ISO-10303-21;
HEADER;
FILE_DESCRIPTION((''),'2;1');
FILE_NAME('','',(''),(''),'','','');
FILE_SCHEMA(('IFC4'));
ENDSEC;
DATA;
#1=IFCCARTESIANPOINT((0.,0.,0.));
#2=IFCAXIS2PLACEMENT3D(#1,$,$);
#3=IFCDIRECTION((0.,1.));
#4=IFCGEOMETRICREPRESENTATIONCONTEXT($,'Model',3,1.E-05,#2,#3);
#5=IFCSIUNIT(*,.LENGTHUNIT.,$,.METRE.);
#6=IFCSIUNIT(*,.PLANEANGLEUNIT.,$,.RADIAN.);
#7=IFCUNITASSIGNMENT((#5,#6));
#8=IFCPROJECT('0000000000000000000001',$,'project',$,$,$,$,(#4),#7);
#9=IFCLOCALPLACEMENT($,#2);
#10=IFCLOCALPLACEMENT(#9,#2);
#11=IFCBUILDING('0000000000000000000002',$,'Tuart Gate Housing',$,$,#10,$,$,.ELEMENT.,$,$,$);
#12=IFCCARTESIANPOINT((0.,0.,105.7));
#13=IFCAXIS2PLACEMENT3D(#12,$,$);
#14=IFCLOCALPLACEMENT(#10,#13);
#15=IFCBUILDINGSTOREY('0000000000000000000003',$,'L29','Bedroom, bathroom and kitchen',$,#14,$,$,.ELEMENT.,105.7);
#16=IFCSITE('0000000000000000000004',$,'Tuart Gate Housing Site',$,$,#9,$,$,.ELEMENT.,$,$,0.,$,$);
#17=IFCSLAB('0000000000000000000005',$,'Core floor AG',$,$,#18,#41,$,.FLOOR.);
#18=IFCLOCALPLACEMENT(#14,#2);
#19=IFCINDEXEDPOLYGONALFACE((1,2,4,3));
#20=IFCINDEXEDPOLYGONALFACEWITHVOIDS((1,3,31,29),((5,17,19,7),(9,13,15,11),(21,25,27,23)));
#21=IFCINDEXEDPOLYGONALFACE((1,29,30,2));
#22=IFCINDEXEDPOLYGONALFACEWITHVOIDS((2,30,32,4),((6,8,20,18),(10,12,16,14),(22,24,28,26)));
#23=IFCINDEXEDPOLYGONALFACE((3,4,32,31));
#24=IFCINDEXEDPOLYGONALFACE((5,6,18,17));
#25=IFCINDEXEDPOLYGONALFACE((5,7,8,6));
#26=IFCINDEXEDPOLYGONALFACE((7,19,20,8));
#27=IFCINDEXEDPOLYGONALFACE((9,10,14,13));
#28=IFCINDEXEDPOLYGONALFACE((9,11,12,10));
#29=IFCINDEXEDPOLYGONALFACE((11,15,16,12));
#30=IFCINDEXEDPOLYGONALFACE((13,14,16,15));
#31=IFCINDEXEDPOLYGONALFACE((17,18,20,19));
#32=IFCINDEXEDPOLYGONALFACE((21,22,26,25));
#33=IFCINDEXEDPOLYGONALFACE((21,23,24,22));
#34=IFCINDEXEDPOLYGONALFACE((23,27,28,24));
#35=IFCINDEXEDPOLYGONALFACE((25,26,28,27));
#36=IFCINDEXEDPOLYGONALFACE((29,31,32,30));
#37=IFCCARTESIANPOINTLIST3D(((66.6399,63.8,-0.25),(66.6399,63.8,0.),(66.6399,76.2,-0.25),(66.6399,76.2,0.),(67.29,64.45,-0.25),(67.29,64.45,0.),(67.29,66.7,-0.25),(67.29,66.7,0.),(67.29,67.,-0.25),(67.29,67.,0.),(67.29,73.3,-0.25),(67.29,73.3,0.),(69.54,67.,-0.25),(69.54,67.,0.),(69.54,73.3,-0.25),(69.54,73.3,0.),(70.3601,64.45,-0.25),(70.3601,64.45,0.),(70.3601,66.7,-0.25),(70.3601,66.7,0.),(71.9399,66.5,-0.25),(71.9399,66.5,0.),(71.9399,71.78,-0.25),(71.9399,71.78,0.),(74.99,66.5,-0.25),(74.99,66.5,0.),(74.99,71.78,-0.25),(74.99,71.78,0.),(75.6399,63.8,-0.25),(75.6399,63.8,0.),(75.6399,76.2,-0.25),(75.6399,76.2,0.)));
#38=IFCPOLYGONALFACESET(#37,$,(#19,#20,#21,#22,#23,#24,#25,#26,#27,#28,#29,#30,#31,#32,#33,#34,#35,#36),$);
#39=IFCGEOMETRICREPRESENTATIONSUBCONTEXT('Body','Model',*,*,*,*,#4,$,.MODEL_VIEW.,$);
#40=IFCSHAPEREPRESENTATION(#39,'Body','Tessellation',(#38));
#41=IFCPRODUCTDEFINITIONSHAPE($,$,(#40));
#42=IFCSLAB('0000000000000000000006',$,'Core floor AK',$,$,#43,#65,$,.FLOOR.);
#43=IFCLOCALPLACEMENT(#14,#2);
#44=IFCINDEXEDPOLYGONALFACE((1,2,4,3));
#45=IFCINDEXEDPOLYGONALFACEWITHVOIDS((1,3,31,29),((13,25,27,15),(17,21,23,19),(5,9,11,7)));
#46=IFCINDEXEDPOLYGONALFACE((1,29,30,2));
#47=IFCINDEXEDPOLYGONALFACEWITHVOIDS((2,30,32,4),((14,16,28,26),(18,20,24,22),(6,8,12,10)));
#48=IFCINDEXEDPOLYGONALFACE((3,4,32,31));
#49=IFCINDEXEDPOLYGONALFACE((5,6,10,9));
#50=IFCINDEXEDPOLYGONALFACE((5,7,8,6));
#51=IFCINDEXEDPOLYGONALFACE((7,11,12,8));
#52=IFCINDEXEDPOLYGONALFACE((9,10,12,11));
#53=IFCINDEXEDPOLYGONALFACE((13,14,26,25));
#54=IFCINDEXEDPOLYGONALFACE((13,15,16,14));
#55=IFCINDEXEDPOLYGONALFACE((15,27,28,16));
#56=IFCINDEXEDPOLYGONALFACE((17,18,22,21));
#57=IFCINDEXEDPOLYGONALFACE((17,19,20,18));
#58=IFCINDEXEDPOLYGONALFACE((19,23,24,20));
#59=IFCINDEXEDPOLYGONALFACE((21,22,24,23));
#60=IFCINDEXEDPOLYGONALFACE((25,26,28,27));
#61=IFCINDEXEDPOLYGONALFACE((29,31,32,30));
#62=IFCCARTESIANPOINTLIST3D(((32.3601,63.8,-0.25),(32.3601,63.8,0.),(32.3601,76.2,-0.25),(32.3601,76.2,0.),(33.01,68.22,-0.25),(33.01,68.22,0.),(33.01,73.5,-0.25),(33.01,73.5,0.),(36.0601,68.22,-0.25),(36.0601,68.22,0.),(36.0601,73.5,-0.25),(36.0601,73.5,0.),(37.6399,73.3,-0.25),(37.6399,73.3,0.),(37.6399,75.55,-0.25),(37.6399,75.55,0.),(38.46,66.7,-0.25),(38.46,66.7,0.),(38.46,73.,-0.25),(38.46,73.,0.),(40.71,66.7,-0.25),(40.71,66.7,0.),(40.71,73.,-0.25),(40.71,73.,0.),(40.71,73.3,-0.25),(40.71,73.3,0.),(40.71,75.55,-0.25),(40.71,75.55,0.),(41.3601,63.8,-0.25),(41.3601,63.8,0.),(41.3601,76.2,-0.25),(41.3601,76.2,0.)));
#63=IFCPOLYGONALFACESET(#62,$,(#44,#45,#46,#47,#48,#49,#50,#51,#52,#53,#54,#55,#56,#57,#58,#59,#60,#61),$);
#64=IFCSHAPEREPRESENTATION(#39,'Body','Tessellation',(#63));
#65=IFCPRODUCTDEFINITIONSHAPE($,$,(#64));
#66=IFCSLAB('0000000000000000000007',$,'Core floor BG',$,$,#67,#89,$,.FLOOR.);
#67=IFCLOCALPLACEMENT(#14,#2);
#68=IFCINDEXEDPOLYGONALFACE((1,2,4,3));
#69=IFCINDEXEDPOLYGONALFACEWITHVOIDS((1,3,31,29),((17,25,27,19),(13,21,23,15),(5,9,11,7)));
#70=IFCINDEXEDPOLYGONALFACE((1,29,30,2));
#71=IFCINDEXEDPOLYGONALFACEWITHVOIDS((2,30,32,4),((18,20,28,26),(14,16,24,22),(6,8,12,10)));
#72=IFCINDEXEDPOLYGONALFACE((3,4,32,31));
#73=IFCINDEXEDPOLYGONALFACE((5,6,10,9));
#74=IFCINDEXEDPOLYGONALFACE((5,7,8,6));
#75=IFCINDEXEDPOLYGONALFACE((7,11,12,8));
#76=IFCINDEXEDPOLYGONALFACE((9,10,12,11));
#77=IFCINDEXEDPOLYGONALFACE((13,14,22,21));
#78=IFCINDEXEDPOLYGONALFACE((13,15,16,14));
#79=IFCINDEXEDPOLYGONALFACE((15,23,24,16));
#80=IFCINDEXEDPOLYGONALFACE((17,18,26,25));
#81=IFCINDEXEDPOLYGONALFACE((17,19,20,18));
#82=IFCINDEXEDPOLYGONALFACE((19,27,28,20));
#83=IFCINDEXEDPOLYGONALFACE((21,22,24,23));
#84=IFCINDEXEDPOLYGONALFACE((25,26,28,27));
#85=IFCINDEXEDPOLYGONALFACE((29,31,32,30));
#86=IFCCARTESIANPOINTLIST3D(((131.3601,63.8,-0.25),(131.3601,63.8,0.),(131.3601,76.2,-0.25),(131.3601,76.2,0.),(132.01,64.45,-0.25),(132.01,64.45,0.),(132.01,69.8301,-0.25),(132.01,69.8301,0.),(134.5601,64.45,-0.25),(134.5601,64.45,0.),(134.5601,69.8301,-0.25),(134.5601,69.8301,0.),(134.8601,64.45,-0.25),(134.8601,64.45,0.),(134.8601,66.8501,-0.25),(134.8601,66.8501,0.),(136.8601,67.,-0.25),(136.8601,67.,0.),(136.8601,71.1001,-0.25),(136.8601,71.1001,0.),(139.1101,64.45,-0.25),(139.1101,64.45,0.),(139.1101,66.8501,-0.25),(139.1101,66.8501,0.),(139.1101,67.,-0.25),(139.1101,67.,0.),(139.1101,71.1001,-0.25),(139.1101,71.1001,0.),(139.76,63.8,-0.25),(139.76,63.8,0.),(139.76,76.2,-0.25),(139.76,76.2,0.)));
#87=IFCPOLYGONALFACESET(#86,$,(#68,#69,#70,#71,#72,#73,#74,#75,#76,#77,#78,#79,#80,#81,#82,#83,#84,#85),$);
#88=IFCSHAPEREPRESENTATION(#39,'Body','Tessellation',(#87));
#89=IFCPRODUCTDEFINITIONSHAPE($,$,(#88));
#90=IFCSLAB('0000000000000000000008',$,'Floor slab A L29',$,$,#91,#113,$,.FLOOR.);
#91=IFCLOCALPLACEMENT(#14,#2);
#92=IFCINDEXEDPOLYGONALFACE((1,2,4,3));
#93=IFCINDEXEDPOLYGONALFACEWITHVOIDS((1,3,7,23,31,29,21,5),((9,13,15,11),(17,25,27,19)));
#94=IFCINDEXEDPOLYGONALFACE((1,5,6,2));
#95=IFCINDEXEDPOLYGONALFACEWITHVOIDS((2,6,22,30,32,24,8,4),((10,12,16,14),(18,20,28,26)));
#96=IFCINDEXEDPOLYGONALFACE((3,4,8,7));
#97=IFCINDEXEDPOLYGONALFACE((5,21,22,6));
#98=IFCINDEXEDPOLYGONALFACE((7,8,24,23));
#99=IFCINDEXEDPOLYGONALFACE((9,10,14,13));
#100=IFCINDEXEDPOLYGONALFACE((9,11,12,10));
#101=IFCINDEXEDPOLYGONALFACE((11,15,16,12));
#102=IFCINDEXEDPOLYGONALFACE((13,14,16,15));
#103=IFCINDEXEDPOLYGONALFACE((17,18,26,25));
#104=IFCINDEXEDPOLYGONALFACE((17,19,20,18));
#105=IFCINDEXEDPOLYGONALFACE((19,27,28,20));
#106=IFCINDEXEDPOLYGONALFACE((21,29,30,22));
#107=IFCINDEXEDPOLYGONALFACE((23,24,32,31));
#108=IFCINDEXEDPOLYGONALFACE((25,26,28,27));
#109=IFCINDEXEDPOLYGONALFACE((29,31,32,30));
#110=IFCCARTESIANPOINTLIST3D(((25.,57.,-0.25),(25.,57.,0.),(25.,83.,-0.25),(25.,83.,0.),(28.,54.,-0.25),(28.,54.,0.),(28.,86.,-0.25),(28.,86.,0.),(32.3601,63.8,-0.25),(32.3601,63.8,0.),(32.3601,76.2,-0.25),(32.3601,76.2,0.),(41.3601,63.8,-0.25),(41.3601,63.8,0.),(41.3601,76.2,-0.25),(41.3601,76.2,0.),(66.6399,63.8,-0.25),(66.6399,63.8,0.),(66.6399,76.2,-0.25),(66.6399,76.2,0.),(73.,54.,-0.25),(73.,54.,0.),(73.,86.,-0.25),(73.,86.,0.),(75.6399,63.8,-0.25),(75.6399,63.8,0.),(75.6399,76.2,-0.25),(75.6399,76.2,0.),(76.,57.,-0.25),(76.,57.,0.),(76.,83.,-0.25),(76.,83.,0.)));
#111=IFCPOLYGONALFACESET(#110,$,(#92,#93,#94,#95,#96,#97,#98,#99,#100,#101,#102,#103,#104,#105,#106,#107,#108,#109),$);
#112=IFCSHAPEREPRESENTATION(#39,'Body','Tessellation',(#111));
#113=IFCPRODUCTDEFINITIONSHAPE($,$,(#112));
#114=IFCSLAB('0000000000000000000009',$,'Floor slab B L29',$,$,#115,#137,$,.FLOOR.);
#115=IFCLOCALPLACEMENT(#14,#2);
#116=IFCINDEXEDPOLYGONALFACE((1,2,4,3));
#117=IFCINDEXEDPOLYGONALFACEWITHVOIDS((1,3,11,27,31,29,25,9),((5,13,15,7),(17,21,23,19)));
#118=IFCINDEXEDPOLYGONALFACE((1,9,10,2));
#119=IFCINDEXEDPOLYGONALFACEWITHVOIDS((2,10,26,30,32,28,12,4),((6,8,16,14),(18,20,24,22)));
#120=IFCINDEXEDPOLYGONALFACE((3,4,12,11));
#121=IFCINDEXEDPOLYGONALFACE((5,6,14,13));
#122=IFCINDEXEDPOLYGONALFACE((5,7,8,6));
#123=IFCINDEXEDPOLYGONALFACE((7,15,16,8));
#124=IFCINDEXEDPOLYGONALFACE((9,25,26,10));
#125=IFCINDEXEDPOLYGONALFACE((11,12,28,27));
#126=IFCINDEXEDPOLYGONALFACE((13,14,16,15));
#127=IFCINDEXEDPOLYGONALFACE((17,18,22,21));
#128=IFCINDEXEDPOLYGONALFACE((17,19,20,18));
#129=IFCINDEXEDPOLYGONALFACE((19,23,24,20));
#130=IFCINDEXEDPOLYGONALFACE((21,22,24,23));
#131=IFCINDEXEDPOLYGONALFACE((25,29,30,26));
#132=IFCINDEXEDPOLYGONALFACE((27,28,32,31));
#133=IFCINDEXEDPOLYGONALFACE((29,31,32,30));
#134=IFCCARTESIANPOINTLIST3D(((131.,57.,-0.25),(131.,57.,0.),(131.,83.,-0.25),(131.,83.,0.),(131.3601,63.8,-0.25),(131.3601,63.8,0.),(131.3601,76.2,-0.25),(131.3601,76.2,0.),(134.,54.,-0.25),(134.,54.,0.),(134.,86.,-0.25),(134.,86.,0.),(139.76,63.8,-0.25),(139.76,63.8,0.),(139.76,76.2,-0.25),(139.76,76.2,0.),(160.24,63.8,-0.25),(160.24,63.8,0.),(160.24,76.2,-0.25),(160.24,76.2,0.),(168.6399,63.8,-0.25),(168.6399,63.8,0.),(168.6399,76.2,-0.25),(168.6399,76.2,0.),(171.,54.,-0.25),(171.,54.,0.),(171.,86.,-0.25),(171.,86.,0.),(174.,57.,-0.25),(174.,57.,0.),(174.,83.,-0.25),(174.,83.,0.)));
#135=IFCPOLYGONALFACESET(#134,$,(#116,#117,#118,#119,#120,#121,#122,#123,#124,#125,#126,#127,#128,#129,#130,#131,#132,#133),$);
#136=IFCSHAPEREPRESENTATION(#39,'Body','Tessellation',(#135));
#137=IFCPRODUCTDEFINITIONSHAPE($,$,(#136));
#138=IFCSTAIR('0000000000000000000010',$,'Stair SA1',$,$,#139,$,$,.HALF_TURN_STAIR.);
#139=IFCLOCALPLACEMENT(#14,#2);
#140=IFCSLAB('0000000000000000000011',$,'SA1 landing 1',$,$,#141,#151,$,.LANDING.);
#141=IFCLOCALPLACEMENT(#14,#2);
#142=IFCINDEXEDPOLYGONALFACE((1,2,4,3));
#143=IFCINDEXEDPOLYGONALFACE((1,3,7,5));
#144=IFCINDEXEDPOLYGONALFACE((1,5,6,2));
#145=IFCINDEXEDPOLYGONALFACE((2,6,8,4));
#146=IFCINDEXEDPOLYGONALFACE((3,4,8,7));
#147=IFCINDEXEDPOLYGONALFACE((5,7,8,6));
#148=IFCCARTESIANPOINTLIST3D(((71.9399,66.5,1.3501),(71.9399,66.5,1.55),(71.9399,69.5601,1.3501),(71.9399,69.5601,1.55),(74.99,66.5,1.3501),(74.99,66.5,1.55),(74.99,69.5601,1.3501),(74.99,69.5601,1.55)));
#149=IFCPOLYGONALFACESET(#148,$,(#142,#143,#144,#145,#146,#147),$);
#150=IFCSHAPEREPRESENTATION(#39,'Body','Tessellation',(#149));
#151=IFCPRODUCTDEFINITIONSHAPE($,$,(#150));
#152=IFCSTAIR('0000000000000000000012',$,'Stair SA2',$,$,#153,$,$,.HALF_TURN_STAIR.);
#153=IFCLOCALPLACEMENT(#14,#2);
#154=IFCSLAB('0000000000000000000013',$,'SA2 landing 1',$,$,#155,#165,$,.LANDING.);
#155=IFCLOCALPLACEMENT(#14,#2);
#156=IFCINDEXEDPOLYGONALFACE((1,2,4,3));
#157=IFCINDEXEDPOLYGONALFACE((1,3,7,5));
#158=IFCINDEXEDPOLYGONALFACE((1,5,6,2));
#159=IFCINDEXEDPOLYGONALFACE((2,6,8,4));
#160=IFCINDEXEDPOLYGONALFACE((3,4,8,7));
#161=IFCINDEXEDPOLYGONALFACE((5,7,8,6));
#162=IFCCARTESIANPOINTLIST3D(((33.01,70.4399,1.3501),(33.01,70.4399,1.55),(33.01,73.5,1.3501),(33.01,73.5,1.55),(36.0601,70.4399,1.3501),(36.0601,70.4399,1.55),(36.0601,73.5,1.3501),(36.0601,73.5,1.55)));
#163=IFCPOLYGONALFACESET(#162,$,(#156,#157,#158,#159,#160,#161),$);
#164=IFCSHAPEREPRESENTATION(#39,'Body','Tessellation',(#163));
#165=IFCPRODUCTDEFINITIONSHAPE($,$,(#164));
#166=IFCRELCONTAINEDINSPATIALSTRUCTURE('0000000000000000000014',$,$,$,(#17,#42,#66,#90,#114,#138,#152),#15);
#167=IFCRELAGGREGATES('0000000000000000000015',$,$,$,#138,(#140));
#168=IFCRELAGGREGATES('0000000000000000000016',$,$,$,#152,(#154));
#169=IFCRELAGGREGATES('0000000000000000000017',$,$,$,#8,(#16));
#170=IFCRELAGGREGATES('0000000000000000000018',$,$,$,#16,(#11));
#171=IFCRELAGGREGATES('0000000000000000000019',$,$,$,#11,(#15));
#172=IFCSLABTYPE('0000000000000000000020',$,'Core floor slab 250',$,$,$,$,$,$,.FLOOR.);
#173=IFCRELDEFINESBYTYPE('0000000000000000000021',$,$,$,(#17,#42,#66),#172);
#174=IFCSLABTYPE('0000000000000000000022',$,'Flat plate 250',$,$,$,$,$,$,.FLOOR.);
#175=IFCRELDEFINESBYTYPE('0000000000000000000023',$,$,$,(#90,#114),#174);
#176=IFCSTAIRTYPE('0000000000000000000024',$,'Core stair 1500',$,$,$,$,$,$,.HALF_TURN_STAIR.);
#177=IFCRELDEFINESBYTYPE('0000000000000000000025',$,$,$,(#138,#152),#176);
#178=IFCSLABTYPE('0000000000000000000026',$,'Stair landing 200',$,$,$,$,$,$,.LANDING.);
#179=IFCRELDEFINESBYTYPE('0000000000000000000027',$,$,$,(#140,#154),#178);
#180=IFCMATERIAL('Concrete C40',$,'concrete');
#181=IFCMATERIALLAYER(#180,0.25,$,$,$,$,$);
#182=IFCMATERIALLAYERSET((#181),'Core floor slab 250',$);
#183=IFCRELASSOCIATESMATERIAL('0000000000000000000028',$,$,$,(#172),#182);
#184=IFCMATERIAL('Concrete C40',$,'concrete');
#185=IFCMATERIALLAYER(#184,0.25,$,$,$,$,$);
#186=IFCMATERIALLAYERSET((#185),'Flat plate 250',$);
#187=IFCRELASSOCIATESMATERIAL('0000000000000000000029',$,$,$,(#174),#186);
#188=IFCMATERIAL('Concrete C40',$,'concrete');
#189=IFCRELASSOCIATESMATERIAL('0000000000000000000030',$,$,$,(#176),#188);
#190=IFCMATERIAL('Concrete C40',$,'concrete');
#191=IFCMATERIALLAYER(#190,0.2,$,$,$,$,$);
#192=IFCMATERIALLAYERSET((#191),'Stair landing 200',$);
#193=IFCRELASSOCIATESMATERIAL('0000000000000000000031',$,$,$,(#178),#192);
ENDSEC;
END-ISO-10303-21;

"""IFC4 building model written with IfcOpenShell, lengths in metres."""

from ifc_helpers import new_model, si_unit, direction, frame, origin, place, context, subcontext, project, spatial, polyline, outline, extrude, material, layer, layer_set, type_object, element, aggregate, save


model = new_model("IFC4")

# Units and contexts
model_context = context("Model", 3, precision=1e-05, world=origin(), true_north=direction((0.0, 1.0)))
body_context = subcontext(model_context, "Body", "Model", "MODEL_VIEW")
ifc_project = project(units=[si_unit("LENGTHUNIT", "METRE"), si_unit("PLANEANGLEUNIT", "RADIAN")], contexts=[model_context])

# Site, building, storey
site_placement = place(None, origin())
site = spatial("IfcSite", under=ifc_project, at=site_placement, Name="Tuart Gate Housing Site", CompositionType="ELEMENT", RefElevation=0.0)
building_placement = place(site_placement, origin())
building = spatial("IfcBuilding", under=site, at=building_placement, Name="Tuart Gate Housing", CompositionType="ELEMENT")
storey_placement = place(building_placement, frame((0.0, 0.0, 105.7)))
storey = spatial("IfcBuildingStorey", under=building, at=storey_placement, Name="L29", Description="Bedroom, bathroom and kitchen", CompositionType="ELEMENT", Elevation=105.7)

# Slabs
ifc_material_1 = material(Name="Concrete C40", Category="concrete")
ifc_layer_1 = layer(ifc_material_1, 0.25)
ifc_layer_set_1 = layer_set([ifc_layer_1], Name="Core floor slab 250")
slab_type_1 = type_object("IfcSlabType", Name="Core floor slab 250", PredefinedType="FLOOR", material=ifc_layer_set_1)
slab_1_placement = place(storey_placement, frame((0.0, 0.0, -0.25)))
element("IfcSlab", 1, at=slab_1_placement, inside=storey, type_object=slab_type_1, Name="Core floor AG", PredefinedType="FLOOR", context=body_context, shape_type="SweptSolid", body=[
    extrude(outline(polyline([(66.6399, 63.8), (75.6399, 63.8), (75.6399, 76.2), (66.6399, 76.2), (66.6399, 63.8)]), holes=[polyline([(67.29, 64.45), (70.3601, 64.45), (70.3601, 66.7), (67.29, 66.7), (67.29, 64.45)]), polyline([(67.29, 67.0), (69.54, 67.0), (69.54, 73.3), (67.29, 73.3), (67.29, 67.0)]), polyline([(71.9399, 66.5), (74.99, 66.5), (74.99, 71.78), (71.9399, 71.78), (71.9399, 66.5)])]), origin(), (0.0, 0.0, 1.0), 0.25),
])
slab_2_placement = place(storey_placement, frame((0.0, 0.0, -0.25)))
element("IfcSlab", 2, at=slab_2_placement, inside=storey, type_object=slab_type_1, Name="Core floor AK", PredefinedType="FLOOR", context=body_context, shape_type="SweptSolid", body=[
    extrude(outline(polyline([(32.3601, 63.8), (41.3601, 63.8), (41.3601, 76.2), (32.3601, 76.2), (32.3601, 63.8)]), holes=[polyline([(40.71, 75.55), (37.6399, 75.55), (37.6399, 73.3), (40.71, 73.3), (40.71, 75.55)]), polyline([(40.71, 73.0), (38.46, 73.0), (38.46, 66.7), (40.71, 66.7), (40.71, 73.0)]), polyline([(36.0601, 73.5), (33.01, 73.5), (33.01, 68.22), (36.0601, 68.22), (36.0601, 73.5)])]), origin(), (0.0, 0.0, 1.0), 0.25),
])
slab_3_placement = place(storey_placement, frame((0.0, 0.0, -0.25)))
element("IfcSlab", 3, at=slab_3_placement, inside=storey, type_object=slab_type_1, Name="Core floor BG", PredefinedType="FLOOR", context=body_context, shape_type="SweptSolid", body=[
    extrude(outline(polyline([(131.3601, 63.8), (139.76, 63.8), (139.76, 76.2), (131.3601, 76.2), (131.3601, 63.8)]), holes=[polyline([(139.1101, 66.8501), (134.8601, 66.8501), (134.8601, 64.45), (139.1101, 64.45), (139.1101, 66.8501)]), polyline([(139.1101, 71.1001), (136.8601, 71.1001), (136.8601, 67.0), (139.1101, 67.0), (139.1101, 71.1001)]), polyline([(134.5601, 69.8301), (132.01, 69.8301), (132.01, 64.45), (134.5601, 64.45), (134.5601, 69.8301)])]), origin(), (0.0, 0.0, 1.0), 0.25),
])
ifc_material_2 = material(Name="Concrete C40", Category="concrete")
ifc_layer_2 = layer(ifc_material_2, 0.25)
ifc_layer_set_2 = layer_set([ifc_layer_2], Name="Flat plate 250")
slab_type_2 = type_object("IfcSlabType", Name="Flat plate 250", PredefinedType="FLOOR", material=ifc_layer_set_2)
slab_4_placement = place(storey_placement, frame((0.0, 0.0, -0.25)))
element("IfcSlab", 4, at=slab_4_placement, inside=storey, type_object=slab_type_2, Name="Floor slab A L29", PredefinedType="FLOOR", context=body_context, shape_type="SweptSolid", body=[
    extrude(outline(polyline([(28.0, 86.0), (25.0, 83.0), (25.0, 57.0), (28.0, 54.0), (73.0, 54.0), (76.0, 57.0), (76.0, 83.0), (73.0, 86.0), (28.0, 86.0)]), holes=[polyline([(66.6399, 76.2), (75.6399, 76.2), (75.6399, 63.8), (66.6399, 63.8), (66.6399, 76.2)]), polyline([(41.3601, 76.2), (41.3601, 63.8), (32.3601, 63.8), (32.3601, 76.2), (41.3601, 76.2)])]), origin(), (0.0, 0.0, 1.0), 0.25),
])
slab_5_placement = place(storey_placement, frame((0.0, 0.0, -0.25)))
element("IfcSlab", 5, at=slab_5_placement, inside=storey, type_object=slab_type_2, Name="Floor slab B L29", PredefinedType="FLOOR", context=body_context, shape_type="SweptSolid", body=[
    extrude(outline(polyline([(134.0, 86.0), (131.0, 83.0), (131.0, 57.0), (134.0, 54.0), (171.0, 54.0), (174.0, 57.0), (174.0, 83.0), (171.0, 86.0), (134.0, 86.0)]), holes=[polyline([(131.3601, 76.2), (139.76, 76.2), (139.76, 63.8), (131.3601, 63.8), (131.3601, 76.2)]), polyline([(168.6399, 76.2), (168.6399, 63.8), (160.24, 63.8), (160.24, 76.2), (168.6399, 76.2)])]), origin(), (0.0, 0.0, 1.0), 0.25),
])

# Stairs, slabs
ifc_material_3 = material(Name="Concrete C40", Category="concrete")
stair_type = type_object("IfcStairType", Name="Core stair 1500", PredefinedType="HALF_TURN_STAIR", material=ifc_material_3)
stair_1_placement = place(storey_placement, origin())
stair_1 = element("IfcStair", 6, at=stair_1_placement, inside=storey, type_object=stair_type, Name="Stair SA1", PredefinedType="HALF_TURN_STAIR")
ifc_material_4 = material(Name="Concrete C40", Category="concrete")
ifc_layer_3 = layer(ifc_material_4, 0.2)
ifc_layer_set_3 = layer_set([ifc_layer_3], Name="Stair landing 200")
slab_type_3 = type_object("IfcSlabType", Name="Stair landing 200", PredefinedType="LANDING", material=ifc_layer_set_3)
slab_6_placement = place(storey_placement, frame((0.0, 0.0, 1.3501)))
slab_6 = element("IfcSlab", 7, at=slab_6_placement, type_object=slab_type_3, Name="SA1 landing 1", PredefinedType="LANDING", context=body_context, shape_type="SweptSolid", body=[
    extrude(outline(polyline([(71.9399, 66.5), (74.99, 66.5), (74.99, 69.5601), (71.9399, 69.5601), (71.9399, 66.5)])), origin(), (0.0, 0.0, 1.0), 0.2),
])
aggregate(stair_1, [slab_6])
stair_2_placement = place(storey_placement, origin())
stair_2 = element("IfcStair", 8, at=stair_2_placement, inside=storey, type_object=stair_type, Name="Stair SA2", PredefinedType="HALF_TURN_STAIR")
slab_7_placement = place(storey_placement, frame((0.0, 0.0, 1.3501)))
slab_7 = element("IfcSlab", 9, at=slab_7_placement, type_object=slab_type_3, Name="SA2 landing 1", PredefinedType="LANDING", context=body_context, shape_type="SweptSolid", body=[
    extrude(outline(polyline([(36.0601, 73.5), (33.01, 73.5), (33.01, 70.4399), (36.0601, 70.4399), (36.0601, 73.5)])), origin(), (0.0, 0.0, 1.0), 0.2),
])
aggregate(stair_2, [slab_7])

save(model, "model.ifc")
